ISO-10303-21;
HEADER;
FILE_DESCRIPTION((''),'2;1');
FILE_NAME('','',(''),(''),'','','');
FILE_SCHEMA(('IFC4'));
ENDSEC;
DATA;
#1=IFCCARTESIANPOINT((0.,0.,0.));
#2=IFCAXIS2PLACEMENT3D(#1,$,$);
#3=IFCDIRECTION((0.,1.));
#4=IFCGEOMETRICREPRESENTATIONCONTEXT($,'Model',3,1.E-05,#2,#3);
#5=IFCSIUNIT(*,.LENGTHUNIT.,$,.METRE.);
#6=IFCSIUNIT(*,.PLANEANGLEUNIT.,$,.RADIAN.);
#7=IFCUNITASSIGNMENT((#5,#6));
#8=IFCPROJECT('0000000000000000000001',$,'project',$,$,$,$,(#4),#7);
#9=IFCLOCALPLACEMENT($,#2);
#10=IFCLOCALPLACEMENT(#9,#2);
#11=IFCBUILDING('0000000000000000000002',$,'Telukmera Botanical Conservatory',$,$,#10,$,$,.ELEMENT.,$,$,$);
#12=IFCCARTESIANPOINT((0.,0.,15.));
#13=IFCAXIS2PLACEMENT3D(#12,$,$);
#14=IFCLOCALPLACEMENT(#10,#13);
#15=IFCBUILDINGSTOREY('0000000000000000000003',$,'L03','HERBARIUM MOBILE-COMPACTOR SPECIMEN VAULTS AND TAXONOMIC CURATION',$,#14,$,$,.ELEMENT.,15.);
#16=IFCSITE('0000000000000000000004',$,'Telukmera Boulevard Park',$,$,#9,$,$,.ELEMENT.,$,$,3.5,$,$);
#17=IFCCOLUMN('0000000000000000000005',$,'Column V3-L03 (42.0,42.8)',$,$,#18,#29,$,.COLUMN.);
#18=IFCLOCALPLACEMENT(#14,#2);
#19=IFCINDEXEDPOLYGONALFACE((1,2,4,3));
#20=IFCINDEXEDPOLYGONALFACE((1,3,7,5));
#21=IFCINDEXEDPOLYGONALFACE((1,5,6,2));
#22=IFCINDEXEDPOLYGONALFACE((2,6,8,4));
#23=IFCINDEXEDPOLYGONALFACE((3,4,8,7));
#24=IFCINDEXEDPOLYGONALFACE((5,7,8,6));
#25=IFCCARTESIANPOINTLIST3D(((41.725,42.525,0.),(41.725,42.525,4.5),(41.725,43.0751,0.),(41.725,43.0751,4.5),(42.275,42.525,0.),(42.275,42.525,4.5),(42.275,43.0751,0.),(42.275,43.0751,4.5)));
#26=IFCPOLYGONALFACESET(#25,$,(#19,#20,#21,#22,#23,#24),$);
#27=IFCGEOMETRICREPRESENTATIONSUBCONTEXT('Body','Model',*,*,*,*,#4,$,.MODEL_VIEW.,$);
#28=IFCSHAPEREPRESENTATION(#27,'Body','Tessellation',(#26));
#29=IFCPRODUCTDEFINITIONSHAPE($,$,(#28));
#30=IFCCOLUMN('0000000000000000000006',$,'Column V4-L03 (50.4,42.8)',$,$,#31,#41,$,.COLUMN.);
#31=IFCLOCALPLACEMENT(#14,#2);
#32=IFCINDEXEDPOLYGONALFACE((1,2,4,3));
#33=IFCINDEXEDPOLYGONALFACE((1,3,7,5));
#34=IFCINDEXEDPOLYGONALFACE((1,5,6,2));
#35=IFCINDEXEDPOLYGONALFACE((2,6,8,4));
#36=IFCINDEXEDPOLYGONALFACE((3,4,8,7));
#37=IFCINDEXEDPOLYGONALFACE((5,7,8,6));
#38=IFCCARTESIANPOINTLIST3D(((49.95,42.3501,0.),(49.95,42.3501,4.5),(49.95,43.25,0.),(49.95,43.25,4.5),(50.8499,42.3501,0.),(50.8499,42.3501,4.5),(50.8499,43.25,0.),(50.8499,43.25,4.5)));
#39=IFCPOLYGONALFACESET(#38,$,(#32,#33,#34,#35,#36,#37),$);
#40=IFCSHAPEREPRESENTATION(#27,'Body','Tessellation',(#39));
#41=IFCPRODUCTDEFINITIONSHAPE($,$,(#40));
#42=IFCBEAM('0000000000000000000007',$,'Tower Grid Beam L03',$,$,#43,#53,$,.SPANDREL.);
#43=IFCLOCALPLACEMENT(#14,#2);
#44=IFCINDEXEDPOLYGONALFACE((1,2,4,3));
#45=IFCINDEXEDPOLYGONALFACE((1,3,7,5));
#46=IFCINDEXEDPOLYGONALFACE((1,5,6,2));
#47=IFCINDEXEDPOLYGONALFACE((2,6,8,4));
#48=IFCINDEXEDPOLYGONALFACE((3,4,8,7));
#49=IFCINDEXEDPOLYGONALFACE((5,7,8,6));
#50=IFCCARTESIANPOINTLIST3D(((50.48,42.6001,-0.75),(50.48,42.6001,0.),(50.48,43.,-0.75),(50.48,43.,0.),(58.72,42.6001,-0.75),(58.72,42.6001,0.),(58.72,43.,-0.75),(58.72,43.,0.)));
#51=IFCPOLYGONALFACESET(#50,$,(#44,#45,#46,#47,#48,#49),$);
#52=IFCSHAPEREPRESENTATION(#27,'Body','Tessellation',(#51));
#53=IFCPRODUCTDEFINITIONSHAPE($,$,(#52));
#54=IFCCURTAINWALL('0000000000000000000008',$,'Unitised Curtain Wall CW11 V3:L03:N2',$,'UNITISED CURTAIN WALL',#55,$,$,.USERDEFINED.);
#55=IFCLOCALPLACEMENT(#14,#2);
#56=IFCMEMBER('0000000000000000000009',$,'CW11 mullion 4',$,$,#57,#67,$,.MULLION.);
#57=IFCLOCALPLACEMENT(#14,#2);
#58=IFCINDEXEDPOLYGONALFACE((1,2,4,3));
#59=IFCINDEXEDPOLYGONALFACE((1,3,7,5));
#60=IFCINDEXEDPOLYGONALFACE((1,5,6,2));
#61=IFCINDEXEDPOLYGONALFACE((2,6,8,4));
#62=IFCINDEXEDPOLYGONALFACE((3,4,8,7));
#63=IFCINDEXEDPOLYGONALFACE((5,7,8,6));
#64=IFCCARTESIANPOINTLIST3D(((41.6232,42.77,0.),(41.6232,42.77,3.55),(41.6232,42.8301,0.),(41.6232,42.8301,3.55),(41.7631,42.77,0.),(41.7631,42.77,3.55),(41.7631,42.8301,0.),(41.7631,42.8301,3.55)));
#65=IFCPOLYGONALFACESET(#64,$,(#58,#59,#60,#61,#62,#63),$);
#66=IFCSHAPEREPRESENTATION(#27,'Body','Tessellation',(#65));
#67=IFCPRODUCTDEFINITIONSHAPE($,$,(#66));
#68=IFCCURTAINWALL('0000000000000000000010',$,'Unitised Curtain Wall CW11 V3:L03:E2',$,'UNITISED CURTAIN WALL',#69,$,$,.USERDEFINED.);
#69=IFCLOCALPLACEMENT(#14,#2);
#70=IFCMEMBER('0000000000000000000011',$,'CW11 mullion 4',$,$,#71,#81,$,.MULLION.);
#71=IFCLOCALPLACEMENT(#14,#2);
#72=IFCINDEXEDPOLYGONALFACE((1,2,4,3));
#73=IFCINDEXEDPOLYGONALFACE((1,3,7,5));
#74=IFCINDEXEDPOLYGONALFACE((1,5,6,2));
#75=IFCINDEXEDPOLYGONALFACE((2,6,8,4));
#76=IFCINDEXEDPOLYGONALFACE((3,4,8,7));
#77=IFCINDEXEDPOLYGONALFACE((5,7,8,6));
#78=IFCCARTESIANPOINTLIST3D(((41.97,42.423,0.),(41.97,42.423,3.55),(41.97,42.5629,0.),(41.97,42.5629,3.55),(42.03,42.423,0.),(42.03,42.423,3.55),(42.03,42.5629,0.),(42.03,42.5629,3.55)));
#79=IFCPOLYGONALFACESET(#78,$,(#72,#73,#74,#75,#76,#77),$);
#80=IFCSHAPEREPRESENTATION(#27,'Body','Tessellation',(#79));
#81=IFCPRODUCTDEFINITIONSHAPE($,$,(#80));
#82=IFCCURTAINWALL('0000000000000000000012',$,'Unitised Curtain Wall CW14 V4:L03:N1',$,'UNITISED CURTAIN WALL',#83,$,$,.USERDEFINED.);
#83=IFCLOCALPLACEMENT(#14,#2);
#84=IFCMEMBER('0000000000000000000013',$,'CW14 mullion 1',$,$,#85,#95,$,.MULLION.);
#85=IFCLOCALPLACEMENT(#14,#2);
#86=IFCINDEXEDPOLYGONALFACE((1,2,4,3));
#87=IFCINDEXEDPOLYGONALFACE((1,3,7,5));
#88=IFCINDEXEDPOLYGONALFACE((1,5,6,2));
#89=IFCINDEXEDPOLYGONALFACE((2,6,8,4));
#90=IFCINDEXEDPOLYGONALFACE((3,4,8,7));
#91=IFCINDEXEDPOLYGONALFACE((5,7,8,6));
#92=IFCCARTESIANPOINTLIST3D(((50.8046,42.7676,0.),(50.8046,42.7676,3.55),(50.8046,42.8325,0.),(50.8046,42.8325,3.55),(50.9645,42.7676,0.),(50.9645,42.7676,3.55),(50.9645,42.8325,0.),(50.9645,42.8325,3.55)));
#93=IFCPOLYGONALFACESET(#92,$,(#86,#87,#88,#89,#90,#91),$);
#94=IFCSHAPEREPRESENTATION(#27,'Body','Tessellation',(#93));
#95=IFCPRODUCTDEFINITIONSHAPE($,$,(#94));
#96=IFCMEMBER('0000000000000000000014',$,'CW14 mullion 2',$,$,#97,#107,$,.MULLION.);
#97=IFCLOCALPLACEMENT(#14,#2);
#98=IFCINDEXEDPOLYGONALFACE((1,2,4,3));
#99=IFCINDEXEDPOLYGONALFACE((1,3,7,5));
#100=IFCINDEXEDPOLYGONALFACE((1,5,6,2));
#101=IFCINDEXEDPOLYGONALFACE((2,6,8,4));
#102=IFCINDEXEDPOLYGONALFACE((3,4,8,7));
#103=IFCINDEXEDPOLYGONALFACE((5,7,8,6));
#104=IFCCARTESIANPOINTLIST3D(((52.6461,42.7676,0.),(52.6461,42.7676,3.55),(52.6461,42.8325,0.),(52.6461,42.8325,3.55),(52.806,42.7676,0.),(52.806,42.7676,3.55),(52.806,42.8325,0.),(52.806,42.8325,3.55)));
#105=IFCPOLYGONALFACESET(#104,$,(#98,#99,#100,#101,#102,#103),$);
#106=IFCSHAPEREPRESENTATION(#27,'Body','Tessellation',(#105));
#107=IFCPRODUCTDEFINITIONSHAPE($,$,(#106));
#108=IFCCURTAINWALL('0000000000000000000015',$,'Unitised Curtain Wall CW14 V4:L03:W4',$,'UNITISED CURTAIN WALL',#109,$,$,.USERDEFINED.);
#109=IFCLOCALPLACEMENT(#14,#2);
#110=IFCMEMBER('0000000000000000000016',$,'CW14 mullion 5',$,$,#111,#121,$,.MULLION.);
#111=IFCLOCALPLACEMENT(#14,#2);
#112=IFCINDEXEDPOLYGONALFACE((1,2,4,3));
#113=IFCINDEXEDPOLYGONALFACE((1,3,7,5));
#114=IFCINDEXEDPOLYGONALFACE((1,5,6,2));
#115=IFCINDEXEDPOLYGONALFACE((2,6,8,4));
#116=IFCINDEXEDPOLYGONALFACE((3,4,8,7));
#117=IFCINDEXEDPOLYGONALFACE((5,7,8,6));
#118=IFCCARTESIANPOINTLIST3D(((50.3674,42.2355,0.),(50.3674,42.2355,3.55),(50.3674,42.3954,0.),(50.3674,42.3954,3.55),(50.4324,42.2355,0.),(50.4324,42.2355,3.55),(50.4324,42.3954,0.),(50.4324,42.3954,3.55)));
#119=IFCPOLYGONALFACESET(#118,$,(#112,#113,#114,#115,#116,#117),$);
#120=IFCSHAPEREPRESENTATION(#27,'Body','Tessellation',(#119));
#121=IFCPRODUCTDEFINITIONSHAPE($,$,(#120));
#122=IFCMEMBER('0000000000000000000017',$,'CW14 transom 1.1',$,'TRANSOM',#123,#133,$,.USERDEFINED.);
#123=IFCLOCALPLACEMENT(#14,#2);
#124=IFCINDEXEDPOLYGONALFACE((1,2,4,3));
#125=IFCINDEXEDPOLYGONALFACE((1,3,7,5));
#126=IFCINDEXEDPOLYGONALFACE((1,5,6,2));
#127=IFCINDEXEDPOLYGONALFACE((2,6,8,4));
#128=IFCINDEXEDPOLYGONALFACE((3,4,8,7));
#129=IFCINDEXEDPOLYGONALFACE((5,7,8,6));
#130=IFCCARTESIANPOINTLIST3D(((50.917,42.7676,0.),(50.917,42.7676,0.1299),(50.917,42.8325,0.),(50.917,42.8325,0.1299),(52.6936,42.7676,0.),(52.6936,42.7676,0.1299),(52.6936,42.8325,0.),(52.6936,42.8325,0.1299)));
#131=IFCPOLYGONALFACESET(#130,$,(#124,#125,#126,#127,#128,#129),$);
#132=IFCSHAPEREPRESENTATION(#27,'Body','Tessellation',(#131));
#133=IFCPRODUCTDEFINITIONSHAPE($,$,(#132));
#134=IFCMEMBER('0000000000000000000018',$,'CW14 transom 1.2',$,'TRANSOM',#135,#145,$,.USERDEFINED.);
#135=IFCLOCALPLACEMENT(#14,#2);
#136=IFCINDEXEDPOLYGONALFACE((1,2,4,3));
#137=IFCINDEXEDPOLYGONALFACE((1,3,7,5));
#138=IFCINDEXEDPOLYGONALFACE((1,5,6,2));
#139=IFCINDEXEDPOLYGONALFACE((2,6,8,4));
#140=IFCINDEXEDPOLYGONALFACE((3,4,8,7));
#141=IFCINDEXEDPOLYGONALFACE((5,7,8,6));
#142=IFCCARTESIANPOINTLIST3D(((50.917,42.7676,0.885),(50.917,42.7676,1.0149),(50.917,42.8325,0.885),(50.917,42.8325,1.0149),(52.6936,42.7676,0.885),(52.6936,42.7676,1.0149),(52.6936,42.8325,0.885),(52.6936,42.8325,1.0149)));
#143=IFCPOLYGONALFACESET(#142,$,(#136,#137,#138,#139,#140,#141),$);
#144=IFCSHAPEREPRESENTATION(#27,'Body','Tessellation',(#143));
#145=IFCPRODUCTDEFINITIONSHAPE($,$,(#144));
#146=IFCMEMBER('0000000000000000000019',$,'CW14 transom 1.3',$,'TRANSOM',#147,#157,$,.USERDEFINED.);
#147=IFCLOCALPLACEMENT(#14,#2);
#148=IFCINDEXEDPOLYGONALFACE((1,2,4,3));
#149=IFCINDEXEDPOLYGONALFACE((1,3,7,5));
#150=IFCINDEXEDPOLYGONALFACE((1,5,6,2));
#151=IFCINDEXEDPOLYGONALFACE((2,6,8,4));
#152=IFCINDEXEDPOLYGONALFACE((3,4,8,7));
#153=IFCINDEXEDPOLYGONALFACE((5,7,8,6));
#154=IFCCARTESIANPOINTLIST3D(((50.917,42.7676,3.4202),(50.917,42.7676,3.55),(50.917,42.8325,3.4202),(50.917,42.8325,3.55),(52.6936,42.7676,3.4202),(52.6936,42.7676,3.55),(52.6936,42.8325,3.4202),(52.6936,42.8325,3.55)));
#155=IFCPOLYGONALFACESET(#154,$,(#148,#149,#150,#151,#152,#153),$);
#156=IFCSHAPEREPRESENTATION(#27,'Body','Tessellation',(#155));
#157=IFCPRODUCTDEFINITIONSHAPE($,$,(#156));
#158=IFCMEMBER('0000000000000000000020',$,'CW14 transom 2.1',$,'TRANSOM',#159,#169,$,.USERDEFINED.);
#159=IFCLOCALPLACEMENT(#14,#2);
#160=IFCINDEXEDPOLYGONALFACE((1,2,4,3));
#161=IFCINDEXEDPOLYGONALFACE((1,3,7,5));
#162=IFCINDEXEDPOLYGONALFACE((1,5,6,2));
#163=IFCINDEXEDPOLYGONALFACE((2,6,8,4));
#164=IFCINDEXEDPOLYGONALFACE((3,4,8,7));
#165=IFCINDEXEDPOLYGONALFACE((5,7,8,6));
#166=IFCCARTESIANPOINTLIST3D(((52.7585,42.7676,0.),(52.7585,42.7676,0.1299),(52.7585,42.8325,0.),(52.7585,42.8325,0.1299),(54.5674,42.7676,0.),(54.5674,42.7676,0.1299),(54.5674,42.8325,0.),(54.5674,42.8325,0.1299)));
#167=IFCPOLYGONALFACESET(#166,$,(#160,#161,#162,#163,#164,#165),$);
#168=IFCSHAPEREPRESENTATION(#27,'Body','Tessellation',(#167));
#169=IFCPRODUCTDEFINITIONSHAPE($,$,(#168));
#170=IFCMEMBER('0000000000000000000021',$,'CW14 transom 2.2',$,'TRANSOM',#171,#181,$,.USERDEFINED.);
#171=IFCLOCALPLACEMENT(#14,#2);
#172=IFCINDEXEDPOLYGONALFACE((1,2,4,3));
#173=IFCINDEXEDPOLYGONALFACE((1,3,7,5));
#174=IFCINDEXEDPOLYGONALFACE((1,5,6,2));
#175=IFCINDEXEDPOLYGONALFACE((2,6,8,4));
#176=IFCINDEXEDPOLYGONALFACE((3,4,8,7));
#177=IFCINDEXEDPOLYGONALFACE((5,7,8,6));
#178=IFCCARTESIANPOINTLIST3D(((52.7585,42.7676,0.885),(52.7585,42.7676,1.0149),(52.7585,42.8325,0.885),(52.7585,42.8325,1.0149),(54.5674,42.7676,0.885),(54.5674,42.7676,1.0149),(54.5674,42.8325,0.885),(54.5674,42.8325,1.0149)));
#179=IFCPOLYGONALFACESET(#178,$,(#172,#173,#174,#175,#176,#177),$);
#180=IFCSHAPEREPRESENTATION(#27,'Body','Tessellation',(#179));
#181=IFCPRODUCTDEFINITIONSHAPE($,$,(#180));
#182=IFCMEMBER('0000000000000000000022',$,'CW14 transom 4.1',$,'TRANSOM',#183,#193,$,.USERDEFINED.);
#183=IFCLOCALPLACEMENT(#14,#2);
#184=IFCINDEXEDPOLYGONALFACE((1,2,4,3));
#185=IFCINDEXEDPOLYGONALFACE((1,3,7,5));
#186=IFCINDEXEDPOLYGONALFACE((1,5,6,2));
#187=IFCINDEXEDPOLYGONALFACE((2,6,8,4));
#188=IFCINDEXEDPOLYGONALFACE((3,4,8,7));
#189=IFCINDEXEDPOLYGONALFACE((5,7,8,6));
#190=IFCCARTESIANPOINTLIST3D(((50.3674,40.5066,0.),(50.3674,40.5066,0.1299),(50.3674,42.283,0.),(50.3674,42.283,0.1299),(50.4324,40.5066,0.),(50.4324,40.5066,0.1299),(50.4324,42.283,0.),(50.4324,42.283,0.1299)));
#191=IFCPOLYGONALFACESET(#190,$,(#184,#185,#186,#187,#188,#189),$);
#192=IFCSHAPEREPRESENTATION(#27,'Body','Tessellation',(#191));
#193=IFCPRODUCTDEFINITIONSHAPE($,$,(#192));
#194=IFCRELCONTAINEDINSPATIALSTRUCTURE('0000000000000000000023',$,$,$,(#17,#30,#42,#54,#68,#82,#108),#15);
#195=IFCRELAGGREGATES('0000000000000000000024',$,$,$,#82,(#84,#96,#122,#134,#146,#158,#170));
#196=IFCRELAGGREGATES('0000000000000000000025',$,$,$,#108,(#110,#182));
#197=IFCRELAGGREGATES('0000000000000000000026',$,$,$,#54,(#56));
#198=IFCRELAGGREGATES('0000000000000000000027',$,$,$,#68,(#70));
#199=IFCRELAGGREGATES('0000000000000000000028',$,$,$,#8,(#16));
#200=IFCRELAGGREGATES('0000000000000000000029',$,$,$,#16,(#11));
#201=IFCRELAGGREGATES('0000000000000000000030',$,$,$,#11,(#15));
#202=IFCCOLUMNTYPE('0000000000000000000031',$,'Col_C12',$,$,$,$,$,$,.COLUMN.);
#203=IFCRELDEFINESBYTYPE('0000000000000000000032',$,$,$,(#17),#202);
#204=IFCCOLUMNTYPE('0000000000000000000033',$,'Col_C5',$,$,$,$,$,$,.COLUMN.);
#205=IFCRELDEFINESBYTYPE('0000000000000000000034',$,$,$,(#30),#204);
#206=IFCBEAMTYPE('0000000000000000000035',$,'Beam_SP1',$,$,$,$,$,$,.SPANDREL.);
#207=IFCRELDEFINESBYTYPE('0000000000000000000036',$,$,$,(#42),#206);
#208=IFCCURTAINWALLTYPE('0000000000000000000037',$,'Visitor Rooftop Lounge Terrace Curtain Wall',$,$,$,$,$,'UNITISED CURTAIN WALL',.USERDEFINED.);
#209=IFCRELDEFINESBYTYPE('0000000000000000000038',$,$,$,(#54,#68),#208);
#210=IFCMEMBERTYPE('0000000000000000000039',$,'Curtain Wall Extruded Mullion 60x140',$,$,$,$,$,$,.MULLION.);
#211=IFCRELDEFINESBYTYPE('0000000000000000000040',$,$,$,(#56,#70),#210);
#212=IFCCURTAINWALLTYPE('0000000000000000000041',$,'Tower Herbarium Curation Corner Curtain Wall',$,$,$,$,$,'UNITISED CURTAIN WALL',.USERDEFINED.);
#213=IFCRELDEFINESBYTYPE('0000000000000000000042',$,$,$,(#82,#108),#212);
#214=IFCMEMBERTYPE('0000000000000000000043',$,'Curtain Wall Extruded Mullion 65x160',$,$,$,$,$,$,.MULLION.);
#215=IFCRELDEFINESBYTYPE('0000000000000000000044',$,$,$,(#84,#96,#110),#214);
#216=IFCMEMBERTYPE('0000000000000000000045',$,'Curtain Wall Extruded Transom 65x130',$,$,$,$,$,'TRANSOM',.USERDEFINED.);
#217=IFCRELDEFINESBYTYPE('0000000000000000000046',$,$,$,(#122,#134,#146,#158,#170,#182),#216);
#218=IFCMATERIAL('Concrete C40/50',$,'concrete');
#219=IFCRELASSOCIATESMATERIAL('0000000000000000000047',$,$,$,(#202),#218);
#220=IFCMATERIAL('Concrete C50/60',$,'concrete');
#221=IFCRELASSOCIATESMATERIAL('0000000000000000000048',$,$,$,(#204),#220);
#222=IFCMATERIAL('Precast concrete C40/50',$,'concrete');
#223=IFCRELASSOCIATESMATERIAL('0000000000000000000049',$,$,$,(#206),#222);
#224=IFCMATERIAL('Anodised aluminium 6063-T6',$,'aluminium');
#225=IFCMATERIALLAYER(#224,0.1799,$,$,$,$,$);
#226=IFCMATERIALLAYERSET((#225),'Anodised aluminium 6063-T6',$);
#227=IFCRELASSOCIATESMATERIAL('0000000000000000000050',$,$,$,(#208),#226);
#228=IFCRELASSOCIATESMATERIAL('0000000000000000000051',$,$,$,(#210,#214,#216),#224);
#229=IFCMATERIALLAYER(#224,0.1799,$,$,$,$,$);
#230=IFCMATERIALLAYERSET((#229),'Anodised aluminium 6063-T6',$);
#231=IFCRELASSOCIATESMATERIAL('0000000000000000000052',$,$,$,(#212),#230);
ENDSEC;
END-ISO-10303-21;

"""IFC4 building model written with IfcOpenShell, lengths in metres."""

from ifc_helpers import new_model, si_unit, direction, frame, origin, origin_2d, place, context, subcontext, project, spatial, rectangle, extrude, material, layer, layer_set, material_profile, profile_set, type_object, element, aggregate, save


model = new_model("IFC4")

# Units and contexts
model_context = context("Model", 3, precision=1e-05, world=origin(), true_north=direction((0.0, 1.0)))
body_context = subcontext(model_context, "Body", "Model", "MODEL_VIEW")
ifc_project = project(units=[si_unit("LENGTHUNIT", "METRE"), si_unit("PLANEANGLEUNIT", "RADIAN")], contexts=[model_context])

# Site, building, storey
site_placement = place(None, origin())
site = spatial("IfcSite", under=ifc_project, at=site_placement, Name="Telukmera Boulevard Park", CompositionType="ELEMENT", RefElevation=3.5)
building_placement = place(site_placement, origin())
building = spatial("IfcBuilding", under=site, at=building_placement, Name="Telukmera Botanical Conservatory", CompositionType="ELEMENT")
storey_placement = place(building_placement, frame((0.0, 0.0, 15.0)))
storey = spatial("IfcBuildingStorey", under=building, at=storey_placement, Name="L03", Description="HERBARIUM MOBILE-COMPACTOR SPECIMEN VAULTS AND TAXONOMIC CURATION", CompositionType="ELEMENT", Elevation=15.0)

# Columns
ifc_material_1 = material(Name="Concrete C40/50", Category="concrete")
ifc_material_profile_1 = material_profile(ifc_material_1, rectangle(XDim=0.55, YDim=0.55, at=origin_2d()), Name="RC 550x550")
ifc_profile_set_1 = profile_set([ifc_material_profile_1], Name="Concrete C40/50")
column_type_1 = type_object("IfcColumnType", Name="Col_C12", PredefinedType="COLUMN", material=ifc_profile_set_1)
column_1_placement = place(storey_placement, frame((42.0, 42.8, 0.0), z_axis=(0.0, 0.0, 1.0), x_axis=(1.0, 0.0, 0.0)))
element("IfcColumn", 1, at=column_1_placement, inside=storey, type_object=column_type_1, Name="Column V3-L03 (42.0,42.8)", PredefinedType="COLUMN", context=body_context, shape_type="SweptSolid", body=[
    extrude(rectangle(XDim=0.55, YDim=0.55, at=origin_2d()), origin(), (0.0, 0.0, 1.0), 4.5),
])
ifc_material_2 = material(Name="Concrete C50/60", Category="concrete")
ifc_material_profile_2 = material_profile(ifc_material_2, rectangle(XDim=0.8999, YDim=0.8999, at=origin_2d()), Name="RC 900x900")
ifc_profile_set_2 = profile_set([ifc_material_profile_2], Name="Concrete C50/60")
column_type_2 = type_object("IfcColumnType", Name="Col_C5", PredefinedType="COLUMN", material=ifc_profile_set_2)
column_2_placement = place(storey_placement, frame((50.3999, 42.8, 0.0), z_axis=(0.0, 0.0, 1.0), x_axis=(1.0, 0.0, 0.0)))
element("IfcColumn", 2, at=column_2_placement, inside=storey, type_object=column_type_2, Name="Column V4-L03 (50.4,42.8)", PredefinedType="COLUMN", context=body_context, shape_type="SweptSolid", body=[
    extrude(rectangle(XDim=0.8999, YDim=0.8999, at=origin_2d()), origin(), (0.0, 0.0, 1.0), 4.5),
])

# Beam
ifc_material_3 = material(Name="Precast concrete C40/50", Category="concrete")
ifc_material_profile_3 = material_profile(ifc_material_3, rectangle(XDim=0.3999, YDim=0.75, at=origin_2d()), Name="PC 400x750")
ifc_profile_set_3 = profile_set([ifc_material_profile_3], Name="Precast concrete C40/50")
beam_type = type_object("IfcBeamType", Name="Beam_SP1", PredefinedType="SPANDREL", material=ifc_profile_set_3)
beam_placement = place(storey_placement, frame((50.48, 42.8, -0.375), z_axis=(1.0, 0.0, 0.0), x_axis=(0.0, 1.0, 0.0)))
element("IfcBeam", 3, at=beam_placement, inside=storey, type_object=beam_type, Name="Tower Grid Beam L03", PredefinedType="SPANDREL", context=body_context, shape_type="SweptSolid", body=[
    extrude(rectangle(XDim=0.3999, YDim=0.75, at=origin_2d()), origin(), (0.0, 0.0, 1.0), 8.24),
])

# Curtain walls, members
ifc_material_4 = material(Name="Anodised aluminium 6063-T6", Category="aluminium")
ifc_layer_1 = layer(ifc_material_4, 0.1799)
ifc_layer_set_1 = layer_set([ifc_layer_1], Name="Anodised aluminium 6063-T6")
curtain_wall_type_1 = type_object("IfcCurtainWallType", Name="Visitor Rooftop Lounge Terrace Curtain Wall", ElementType="UNITISED CURTAIN WALL", PredefinedType="USERDEFINED", material=ifc_layer_set_1)
curtain_wall_1_placement = place(storey_placement, origin())
curtain_wall_1 = element("IfcCurtainWall", 4, at=curtain_wall_1_placement, inside=storey, type_object=curtain_wall_type_1, Name="Unitised Curtain Wall CW11 V3:L03:N2", ObjectType="UNITISED CURTAIN WALL", PredefinedType="USERDEFINED")
ifc_material_profile_4 = material_profile(ifc_material_4, rectangle(XDim=0.0601, YDim=0.1399, at=origin_2d()), Name="ALU MULL 60x140")
ifc_profile_set_4 = profile_set([ifc_material_profile_4], Name="Anodised aluminium 6063-T6")
member_type_1 = type_object("IfcMemberType", Name="Curtain Wall Extruded Mullion 60x140", PredefinedType="MULLION", material=ifc_profile_set_4)
member_1_placement = place(storey_placement, frame((41.6931, 42.8, 0.0), z_axis=(0.0, 0.0, 1.0), x_axis=(0.0, 1.0, 0.0)))
member_1 = element("IfcMember", 5, at=member_1_placement, type_object=member_type_1, Name="CW11 mullion 4", PredefinedType="MULLION", context=body_context, shape_type="SweptSolid", body=[
    extrude(rectangle(XDim=0.0601, YDim=0.1399, at=origin_2d()), origin(), (0.0, 0.0, 1.0), 3.55),
])
curtain_wall_2_placement = place(storey_placement, origin())
curtain_wall_2 = element("IfcCurtainWall", 6, at=curtain_wall_2_placement, inside=storey, type_object=curtain_wall_type_1, Name="Unitised Curtain Wall CW11 V3:L03:E2", ObjectType="UNITISED CURTAIN WALL", PredefinedType="USERDEFINED")
member_2_placement = place(storey_placement, frame((42.0, 42.4929, 0.0), z_axis=(0.0, 0.0, 1.0), x_axis=(-1.0, 0.0, 0.0)))
member_2 = element("IfcMember", 7, at=member_2_placement, type_object=member_type_1, Name="CW11 mullion 4", PredefinedType="MULLION", context=body_context, shape_type="SweptSolid", body=[
    extrude(rectangle(XDim=0.0601, YDim=0.1399, at=origin_2d()), origin(), (0.0, 0.0, 1.0), 3.55),
])

# Curtain wall, members
ifc_layer_2 = layer(ifc_material_4, 0.1799)
ifc_layer_set_2 = layer_set([ifc_layer_2], Name="Anodised aluminium 6063-T6")
curtain_wall_type_2 = type_object("IfcCurtainWallType", Name="Tower Herbarium Curation Corner Curtain Wall", ElementType="UNITISED CURTAIN WALL", PredefinedType="USERDEFINED", material=ifc_layer_set_2)
curtain_wall_3_placement = place(storey_placement, origin())
curtain_wall_3 = element("IfcCurtainWall", 8, at=curtain_wall_3_placement, inside=storey, type_object=curtain_wall_type_2, Name="Unitised Curtain Wall CW14 V4:L03:N1", ObjectType="UNITISED CURTAIN WALL", PredefinedType="USERDEFINED")
ifc_material_profile_5 = material_profile(ifc_material_4, rectangle(XDim=0.0649, YDim=0.1599, at=origin_2d()), Name="ALU MULL 65x160")
ifc_profile_set_5 = profile_set([ifc_material_profile_5], Name="Anodised aluminium 6063-T6")
member_type_2 = type_object("IfcMemberType", Name="Curtain Wall Extruded Mullion 65x160", PredefinedType="MULLION", material=ifc_profile_set_5)
member_3_placement = place(storey_placement, frame((50.8845, 42.8, 0.0), z_axis=(0.0, 0.0, 1.0), x_axis=(0.0, 1.0, 0.0)))
member_3 = element("IfcMember", 9, at=member_3_placement, type_object=member_type_2, Name="CW14 mullion 1", PredefinedType="MULLION", context=body_context, shape_type="SweptSolid", body=[
    extrude(rectangle(XDim=0.0649, YDim=0.1599, at=origin_2d()), origin(), (0.0, 0.0, 1.0), 3.55),
])
member_4_placement = place(storey_placement, frame((52.7261, 42.8, 0.0), z_axis=(0.0, 0.0, 1.0), x_axis=(0.0, 1.0, 0.0)))
member_4 = element("IfcMember", 10, at=member_4_placement, type_object=member_type_2, Name="CW14 mullion 2", PredefinedType="MULLION", context=body_context, shape_type="SweptSolid", body=[
    extrude(rectangle(XDim=0.0649, YDim=0.1599, at=origin_2d()), origin(), (0.0, 0.0, 1.0), 3.55),
])

# Curtain wall, member
curtain_wall_4_placement = place(storey_placement, origin())
curtain_wall_4 = element("IfcCurtainWall", 11, at=curtain_wall_4_placement, inside=storey, type_object=curtain_wall_type_2, Name="Unitised Curtain Wall CW14 V4:L03:W4", ObjectType="UNITISED CURTAIN WALL", PredefinedType="USERDEFINED")
member_5_placement = place(storey_placement, frame((50.3999, 42.3154, 0.0), z_axis=(0.0, 0.0, 1.0), x_axis=(-1.0, 0.0, 0.0)))
member_5 = element("IfcMember", 12, at=member_5_placement, type_object=member_type_2, Name="CW14 mullion 5", PredefinedType="MULLION", context=body_context, shape_type="SweptSolid", body=[
    extrude(rectangle(XDim=0.0649, YDim=0.1599, at=origin_2d()), origin(), (0.0, 0.0, 1.0), 3.55),
])

# Members
ifc_material_profile_6 = material_profile(ifc_material_4, rectangle(XDim=0.0649, YDim=0.1299, at=origin_2d()), Name="ALU TRAN 65x130")
ifc_profile_set_6 = profile_set([ifc_material_profile_6], Name="Anodised aluminium 6063-T6")
member_type_3 = type_object("IfcMemberType", Name="Curtain Wall Extruded Transom 65x130", ElementType="TRANSOM", PredefinedType="USERDEFINED", material=ifc_profile_set_6)
member_6_placement = place(storey_placement, frame((50.917, 42.8, 0.0649), z_axis=(1.0, 0.0, 0.0), x_axis=(0.0, 1.0, 0.0)))
member_6 = element("IfcMember", 13, at=member_6_placement, type_object=member_type_3, Name="CW14 transom 1.1", ObjectType="TRANSOM", PredefinedType="USERDEFINED", context=body_context, shape_type="SweptSolid", body=[
    extrude(rectangle(XDim=0.0649, YDim=0.1299, at=origin_2d()), origin(), (0.0, 0.0, 1.0), 1.7766),
])
member_7_placement = place(storey_placement, frame((50.917, 42.8, 0.95), z_axis=(1.0, 0.0, 0.0), x_axis=(0.0, 1.0, 0.0)))
member_7 = element("IfcMember", 14, at=member_7_placement, type_object=member_type_3, Name="CW14 transom 1.2", ObjectType="TRANSOM", PredefinedType="USERDEFINED", context=body_context, shape_type="SweptSolid", body=[
    extrude(rectangle(XDim=0.0649, YDim=0.1299, at=origin_2d()), origin(), (0.0, 0.0, 1.0), 1.7766),
])
member_8_placement = place(storey_placement, frame((50.917, 42.8, 3.4851), z_axis=(1.0, 0.0, 0.0), x_axis=(0.0, 1.0, 0.0)))
member_8 = element("IfcMember", 15, at=member_8_placement, type_object=member_type_3, Name="CW14 transom 1.3", ObjectType="TRANSOM", PredefinedType="USERDEFINED", context=body_context, shape_type="SweptSolid", body=[
    extrude(rectangle(XDim=0.0649, YDim=0.1299, at=origin_2d()), origin(), (0.0, 0.0, 1.0), 1.7766),
])
member_9_placement = place(storey_placement, frame((52.7585, 42.8, 0.0649), z_axis=(1.0, 0.0, 0.0), x_axis=(0.0, 1.0, 0.0)))
member_9 = element("IfcMember", 16, at=member_9_placement, type_object=member_type_3, Name="CW14 transom 2.1", ObjectType="TRANSOM", PredefinedType="USERDEFINED", context=body_context, shape_type="SweptSolid", body=[
    extrude(rectangle(XDim=0.0649, YDim=0.1299, at=origin_2d()), origin(), (0.0, 0.0, 1.0), 1.8088),
])
member_10_placement = place(storey_placement, frame((52.7585, 42.8, 0.95), z_axis=(1.0, 0.0, 0.0), x_axis=(0.0, 1.0, 0.0)))
member_10 = element("IfcMember", 17, at=member_10_placement, type_object=member_type_3, Name="CW14 transom 2.2", ObjectType="TRANSOM", PredefinedType="USERDEFINED", context=body_context, shape_type="SweptSolid", body=[
    extrude(rectangle(XDim=0.0649, YDim=0.1299, at=origin_2d()), origin(), (0.0, 0.0, 1.0), 1.8088),
])
member_11_placement = place(storey_placement, frame((50.3999, 40.5066, 0.0649), z_axis=(0.0, 1.0, 0.0), x_axis=(-1.0, 0.0, 0.0)))
member_11 = element("IfcMember", 18, at=member_11_placement, type_object=member_type_3, Name="CW14 transom 4.1", ObjectType="TRANSOM", PredefinedType="USERDEFINED", context=body_context, shape_type="SweptSolid", body=[
    extrude(rectangle(XDim=0.0649, YDim=0.1299, at=origin_2d()), origin(), (0.0, 0.0, 1.0), 1.7764),
])

aggregate(curtain_wall_3, [member_3, member_4, member_6, member_7, member_8, member_9, member_10])
aggregate(curtain_wall_4, [member_5, member_11])
aggregate(curtain_wall_1, [member_1])
aggregate(curtain_wall_2, [member_2])

save(model, "model.ifc")
